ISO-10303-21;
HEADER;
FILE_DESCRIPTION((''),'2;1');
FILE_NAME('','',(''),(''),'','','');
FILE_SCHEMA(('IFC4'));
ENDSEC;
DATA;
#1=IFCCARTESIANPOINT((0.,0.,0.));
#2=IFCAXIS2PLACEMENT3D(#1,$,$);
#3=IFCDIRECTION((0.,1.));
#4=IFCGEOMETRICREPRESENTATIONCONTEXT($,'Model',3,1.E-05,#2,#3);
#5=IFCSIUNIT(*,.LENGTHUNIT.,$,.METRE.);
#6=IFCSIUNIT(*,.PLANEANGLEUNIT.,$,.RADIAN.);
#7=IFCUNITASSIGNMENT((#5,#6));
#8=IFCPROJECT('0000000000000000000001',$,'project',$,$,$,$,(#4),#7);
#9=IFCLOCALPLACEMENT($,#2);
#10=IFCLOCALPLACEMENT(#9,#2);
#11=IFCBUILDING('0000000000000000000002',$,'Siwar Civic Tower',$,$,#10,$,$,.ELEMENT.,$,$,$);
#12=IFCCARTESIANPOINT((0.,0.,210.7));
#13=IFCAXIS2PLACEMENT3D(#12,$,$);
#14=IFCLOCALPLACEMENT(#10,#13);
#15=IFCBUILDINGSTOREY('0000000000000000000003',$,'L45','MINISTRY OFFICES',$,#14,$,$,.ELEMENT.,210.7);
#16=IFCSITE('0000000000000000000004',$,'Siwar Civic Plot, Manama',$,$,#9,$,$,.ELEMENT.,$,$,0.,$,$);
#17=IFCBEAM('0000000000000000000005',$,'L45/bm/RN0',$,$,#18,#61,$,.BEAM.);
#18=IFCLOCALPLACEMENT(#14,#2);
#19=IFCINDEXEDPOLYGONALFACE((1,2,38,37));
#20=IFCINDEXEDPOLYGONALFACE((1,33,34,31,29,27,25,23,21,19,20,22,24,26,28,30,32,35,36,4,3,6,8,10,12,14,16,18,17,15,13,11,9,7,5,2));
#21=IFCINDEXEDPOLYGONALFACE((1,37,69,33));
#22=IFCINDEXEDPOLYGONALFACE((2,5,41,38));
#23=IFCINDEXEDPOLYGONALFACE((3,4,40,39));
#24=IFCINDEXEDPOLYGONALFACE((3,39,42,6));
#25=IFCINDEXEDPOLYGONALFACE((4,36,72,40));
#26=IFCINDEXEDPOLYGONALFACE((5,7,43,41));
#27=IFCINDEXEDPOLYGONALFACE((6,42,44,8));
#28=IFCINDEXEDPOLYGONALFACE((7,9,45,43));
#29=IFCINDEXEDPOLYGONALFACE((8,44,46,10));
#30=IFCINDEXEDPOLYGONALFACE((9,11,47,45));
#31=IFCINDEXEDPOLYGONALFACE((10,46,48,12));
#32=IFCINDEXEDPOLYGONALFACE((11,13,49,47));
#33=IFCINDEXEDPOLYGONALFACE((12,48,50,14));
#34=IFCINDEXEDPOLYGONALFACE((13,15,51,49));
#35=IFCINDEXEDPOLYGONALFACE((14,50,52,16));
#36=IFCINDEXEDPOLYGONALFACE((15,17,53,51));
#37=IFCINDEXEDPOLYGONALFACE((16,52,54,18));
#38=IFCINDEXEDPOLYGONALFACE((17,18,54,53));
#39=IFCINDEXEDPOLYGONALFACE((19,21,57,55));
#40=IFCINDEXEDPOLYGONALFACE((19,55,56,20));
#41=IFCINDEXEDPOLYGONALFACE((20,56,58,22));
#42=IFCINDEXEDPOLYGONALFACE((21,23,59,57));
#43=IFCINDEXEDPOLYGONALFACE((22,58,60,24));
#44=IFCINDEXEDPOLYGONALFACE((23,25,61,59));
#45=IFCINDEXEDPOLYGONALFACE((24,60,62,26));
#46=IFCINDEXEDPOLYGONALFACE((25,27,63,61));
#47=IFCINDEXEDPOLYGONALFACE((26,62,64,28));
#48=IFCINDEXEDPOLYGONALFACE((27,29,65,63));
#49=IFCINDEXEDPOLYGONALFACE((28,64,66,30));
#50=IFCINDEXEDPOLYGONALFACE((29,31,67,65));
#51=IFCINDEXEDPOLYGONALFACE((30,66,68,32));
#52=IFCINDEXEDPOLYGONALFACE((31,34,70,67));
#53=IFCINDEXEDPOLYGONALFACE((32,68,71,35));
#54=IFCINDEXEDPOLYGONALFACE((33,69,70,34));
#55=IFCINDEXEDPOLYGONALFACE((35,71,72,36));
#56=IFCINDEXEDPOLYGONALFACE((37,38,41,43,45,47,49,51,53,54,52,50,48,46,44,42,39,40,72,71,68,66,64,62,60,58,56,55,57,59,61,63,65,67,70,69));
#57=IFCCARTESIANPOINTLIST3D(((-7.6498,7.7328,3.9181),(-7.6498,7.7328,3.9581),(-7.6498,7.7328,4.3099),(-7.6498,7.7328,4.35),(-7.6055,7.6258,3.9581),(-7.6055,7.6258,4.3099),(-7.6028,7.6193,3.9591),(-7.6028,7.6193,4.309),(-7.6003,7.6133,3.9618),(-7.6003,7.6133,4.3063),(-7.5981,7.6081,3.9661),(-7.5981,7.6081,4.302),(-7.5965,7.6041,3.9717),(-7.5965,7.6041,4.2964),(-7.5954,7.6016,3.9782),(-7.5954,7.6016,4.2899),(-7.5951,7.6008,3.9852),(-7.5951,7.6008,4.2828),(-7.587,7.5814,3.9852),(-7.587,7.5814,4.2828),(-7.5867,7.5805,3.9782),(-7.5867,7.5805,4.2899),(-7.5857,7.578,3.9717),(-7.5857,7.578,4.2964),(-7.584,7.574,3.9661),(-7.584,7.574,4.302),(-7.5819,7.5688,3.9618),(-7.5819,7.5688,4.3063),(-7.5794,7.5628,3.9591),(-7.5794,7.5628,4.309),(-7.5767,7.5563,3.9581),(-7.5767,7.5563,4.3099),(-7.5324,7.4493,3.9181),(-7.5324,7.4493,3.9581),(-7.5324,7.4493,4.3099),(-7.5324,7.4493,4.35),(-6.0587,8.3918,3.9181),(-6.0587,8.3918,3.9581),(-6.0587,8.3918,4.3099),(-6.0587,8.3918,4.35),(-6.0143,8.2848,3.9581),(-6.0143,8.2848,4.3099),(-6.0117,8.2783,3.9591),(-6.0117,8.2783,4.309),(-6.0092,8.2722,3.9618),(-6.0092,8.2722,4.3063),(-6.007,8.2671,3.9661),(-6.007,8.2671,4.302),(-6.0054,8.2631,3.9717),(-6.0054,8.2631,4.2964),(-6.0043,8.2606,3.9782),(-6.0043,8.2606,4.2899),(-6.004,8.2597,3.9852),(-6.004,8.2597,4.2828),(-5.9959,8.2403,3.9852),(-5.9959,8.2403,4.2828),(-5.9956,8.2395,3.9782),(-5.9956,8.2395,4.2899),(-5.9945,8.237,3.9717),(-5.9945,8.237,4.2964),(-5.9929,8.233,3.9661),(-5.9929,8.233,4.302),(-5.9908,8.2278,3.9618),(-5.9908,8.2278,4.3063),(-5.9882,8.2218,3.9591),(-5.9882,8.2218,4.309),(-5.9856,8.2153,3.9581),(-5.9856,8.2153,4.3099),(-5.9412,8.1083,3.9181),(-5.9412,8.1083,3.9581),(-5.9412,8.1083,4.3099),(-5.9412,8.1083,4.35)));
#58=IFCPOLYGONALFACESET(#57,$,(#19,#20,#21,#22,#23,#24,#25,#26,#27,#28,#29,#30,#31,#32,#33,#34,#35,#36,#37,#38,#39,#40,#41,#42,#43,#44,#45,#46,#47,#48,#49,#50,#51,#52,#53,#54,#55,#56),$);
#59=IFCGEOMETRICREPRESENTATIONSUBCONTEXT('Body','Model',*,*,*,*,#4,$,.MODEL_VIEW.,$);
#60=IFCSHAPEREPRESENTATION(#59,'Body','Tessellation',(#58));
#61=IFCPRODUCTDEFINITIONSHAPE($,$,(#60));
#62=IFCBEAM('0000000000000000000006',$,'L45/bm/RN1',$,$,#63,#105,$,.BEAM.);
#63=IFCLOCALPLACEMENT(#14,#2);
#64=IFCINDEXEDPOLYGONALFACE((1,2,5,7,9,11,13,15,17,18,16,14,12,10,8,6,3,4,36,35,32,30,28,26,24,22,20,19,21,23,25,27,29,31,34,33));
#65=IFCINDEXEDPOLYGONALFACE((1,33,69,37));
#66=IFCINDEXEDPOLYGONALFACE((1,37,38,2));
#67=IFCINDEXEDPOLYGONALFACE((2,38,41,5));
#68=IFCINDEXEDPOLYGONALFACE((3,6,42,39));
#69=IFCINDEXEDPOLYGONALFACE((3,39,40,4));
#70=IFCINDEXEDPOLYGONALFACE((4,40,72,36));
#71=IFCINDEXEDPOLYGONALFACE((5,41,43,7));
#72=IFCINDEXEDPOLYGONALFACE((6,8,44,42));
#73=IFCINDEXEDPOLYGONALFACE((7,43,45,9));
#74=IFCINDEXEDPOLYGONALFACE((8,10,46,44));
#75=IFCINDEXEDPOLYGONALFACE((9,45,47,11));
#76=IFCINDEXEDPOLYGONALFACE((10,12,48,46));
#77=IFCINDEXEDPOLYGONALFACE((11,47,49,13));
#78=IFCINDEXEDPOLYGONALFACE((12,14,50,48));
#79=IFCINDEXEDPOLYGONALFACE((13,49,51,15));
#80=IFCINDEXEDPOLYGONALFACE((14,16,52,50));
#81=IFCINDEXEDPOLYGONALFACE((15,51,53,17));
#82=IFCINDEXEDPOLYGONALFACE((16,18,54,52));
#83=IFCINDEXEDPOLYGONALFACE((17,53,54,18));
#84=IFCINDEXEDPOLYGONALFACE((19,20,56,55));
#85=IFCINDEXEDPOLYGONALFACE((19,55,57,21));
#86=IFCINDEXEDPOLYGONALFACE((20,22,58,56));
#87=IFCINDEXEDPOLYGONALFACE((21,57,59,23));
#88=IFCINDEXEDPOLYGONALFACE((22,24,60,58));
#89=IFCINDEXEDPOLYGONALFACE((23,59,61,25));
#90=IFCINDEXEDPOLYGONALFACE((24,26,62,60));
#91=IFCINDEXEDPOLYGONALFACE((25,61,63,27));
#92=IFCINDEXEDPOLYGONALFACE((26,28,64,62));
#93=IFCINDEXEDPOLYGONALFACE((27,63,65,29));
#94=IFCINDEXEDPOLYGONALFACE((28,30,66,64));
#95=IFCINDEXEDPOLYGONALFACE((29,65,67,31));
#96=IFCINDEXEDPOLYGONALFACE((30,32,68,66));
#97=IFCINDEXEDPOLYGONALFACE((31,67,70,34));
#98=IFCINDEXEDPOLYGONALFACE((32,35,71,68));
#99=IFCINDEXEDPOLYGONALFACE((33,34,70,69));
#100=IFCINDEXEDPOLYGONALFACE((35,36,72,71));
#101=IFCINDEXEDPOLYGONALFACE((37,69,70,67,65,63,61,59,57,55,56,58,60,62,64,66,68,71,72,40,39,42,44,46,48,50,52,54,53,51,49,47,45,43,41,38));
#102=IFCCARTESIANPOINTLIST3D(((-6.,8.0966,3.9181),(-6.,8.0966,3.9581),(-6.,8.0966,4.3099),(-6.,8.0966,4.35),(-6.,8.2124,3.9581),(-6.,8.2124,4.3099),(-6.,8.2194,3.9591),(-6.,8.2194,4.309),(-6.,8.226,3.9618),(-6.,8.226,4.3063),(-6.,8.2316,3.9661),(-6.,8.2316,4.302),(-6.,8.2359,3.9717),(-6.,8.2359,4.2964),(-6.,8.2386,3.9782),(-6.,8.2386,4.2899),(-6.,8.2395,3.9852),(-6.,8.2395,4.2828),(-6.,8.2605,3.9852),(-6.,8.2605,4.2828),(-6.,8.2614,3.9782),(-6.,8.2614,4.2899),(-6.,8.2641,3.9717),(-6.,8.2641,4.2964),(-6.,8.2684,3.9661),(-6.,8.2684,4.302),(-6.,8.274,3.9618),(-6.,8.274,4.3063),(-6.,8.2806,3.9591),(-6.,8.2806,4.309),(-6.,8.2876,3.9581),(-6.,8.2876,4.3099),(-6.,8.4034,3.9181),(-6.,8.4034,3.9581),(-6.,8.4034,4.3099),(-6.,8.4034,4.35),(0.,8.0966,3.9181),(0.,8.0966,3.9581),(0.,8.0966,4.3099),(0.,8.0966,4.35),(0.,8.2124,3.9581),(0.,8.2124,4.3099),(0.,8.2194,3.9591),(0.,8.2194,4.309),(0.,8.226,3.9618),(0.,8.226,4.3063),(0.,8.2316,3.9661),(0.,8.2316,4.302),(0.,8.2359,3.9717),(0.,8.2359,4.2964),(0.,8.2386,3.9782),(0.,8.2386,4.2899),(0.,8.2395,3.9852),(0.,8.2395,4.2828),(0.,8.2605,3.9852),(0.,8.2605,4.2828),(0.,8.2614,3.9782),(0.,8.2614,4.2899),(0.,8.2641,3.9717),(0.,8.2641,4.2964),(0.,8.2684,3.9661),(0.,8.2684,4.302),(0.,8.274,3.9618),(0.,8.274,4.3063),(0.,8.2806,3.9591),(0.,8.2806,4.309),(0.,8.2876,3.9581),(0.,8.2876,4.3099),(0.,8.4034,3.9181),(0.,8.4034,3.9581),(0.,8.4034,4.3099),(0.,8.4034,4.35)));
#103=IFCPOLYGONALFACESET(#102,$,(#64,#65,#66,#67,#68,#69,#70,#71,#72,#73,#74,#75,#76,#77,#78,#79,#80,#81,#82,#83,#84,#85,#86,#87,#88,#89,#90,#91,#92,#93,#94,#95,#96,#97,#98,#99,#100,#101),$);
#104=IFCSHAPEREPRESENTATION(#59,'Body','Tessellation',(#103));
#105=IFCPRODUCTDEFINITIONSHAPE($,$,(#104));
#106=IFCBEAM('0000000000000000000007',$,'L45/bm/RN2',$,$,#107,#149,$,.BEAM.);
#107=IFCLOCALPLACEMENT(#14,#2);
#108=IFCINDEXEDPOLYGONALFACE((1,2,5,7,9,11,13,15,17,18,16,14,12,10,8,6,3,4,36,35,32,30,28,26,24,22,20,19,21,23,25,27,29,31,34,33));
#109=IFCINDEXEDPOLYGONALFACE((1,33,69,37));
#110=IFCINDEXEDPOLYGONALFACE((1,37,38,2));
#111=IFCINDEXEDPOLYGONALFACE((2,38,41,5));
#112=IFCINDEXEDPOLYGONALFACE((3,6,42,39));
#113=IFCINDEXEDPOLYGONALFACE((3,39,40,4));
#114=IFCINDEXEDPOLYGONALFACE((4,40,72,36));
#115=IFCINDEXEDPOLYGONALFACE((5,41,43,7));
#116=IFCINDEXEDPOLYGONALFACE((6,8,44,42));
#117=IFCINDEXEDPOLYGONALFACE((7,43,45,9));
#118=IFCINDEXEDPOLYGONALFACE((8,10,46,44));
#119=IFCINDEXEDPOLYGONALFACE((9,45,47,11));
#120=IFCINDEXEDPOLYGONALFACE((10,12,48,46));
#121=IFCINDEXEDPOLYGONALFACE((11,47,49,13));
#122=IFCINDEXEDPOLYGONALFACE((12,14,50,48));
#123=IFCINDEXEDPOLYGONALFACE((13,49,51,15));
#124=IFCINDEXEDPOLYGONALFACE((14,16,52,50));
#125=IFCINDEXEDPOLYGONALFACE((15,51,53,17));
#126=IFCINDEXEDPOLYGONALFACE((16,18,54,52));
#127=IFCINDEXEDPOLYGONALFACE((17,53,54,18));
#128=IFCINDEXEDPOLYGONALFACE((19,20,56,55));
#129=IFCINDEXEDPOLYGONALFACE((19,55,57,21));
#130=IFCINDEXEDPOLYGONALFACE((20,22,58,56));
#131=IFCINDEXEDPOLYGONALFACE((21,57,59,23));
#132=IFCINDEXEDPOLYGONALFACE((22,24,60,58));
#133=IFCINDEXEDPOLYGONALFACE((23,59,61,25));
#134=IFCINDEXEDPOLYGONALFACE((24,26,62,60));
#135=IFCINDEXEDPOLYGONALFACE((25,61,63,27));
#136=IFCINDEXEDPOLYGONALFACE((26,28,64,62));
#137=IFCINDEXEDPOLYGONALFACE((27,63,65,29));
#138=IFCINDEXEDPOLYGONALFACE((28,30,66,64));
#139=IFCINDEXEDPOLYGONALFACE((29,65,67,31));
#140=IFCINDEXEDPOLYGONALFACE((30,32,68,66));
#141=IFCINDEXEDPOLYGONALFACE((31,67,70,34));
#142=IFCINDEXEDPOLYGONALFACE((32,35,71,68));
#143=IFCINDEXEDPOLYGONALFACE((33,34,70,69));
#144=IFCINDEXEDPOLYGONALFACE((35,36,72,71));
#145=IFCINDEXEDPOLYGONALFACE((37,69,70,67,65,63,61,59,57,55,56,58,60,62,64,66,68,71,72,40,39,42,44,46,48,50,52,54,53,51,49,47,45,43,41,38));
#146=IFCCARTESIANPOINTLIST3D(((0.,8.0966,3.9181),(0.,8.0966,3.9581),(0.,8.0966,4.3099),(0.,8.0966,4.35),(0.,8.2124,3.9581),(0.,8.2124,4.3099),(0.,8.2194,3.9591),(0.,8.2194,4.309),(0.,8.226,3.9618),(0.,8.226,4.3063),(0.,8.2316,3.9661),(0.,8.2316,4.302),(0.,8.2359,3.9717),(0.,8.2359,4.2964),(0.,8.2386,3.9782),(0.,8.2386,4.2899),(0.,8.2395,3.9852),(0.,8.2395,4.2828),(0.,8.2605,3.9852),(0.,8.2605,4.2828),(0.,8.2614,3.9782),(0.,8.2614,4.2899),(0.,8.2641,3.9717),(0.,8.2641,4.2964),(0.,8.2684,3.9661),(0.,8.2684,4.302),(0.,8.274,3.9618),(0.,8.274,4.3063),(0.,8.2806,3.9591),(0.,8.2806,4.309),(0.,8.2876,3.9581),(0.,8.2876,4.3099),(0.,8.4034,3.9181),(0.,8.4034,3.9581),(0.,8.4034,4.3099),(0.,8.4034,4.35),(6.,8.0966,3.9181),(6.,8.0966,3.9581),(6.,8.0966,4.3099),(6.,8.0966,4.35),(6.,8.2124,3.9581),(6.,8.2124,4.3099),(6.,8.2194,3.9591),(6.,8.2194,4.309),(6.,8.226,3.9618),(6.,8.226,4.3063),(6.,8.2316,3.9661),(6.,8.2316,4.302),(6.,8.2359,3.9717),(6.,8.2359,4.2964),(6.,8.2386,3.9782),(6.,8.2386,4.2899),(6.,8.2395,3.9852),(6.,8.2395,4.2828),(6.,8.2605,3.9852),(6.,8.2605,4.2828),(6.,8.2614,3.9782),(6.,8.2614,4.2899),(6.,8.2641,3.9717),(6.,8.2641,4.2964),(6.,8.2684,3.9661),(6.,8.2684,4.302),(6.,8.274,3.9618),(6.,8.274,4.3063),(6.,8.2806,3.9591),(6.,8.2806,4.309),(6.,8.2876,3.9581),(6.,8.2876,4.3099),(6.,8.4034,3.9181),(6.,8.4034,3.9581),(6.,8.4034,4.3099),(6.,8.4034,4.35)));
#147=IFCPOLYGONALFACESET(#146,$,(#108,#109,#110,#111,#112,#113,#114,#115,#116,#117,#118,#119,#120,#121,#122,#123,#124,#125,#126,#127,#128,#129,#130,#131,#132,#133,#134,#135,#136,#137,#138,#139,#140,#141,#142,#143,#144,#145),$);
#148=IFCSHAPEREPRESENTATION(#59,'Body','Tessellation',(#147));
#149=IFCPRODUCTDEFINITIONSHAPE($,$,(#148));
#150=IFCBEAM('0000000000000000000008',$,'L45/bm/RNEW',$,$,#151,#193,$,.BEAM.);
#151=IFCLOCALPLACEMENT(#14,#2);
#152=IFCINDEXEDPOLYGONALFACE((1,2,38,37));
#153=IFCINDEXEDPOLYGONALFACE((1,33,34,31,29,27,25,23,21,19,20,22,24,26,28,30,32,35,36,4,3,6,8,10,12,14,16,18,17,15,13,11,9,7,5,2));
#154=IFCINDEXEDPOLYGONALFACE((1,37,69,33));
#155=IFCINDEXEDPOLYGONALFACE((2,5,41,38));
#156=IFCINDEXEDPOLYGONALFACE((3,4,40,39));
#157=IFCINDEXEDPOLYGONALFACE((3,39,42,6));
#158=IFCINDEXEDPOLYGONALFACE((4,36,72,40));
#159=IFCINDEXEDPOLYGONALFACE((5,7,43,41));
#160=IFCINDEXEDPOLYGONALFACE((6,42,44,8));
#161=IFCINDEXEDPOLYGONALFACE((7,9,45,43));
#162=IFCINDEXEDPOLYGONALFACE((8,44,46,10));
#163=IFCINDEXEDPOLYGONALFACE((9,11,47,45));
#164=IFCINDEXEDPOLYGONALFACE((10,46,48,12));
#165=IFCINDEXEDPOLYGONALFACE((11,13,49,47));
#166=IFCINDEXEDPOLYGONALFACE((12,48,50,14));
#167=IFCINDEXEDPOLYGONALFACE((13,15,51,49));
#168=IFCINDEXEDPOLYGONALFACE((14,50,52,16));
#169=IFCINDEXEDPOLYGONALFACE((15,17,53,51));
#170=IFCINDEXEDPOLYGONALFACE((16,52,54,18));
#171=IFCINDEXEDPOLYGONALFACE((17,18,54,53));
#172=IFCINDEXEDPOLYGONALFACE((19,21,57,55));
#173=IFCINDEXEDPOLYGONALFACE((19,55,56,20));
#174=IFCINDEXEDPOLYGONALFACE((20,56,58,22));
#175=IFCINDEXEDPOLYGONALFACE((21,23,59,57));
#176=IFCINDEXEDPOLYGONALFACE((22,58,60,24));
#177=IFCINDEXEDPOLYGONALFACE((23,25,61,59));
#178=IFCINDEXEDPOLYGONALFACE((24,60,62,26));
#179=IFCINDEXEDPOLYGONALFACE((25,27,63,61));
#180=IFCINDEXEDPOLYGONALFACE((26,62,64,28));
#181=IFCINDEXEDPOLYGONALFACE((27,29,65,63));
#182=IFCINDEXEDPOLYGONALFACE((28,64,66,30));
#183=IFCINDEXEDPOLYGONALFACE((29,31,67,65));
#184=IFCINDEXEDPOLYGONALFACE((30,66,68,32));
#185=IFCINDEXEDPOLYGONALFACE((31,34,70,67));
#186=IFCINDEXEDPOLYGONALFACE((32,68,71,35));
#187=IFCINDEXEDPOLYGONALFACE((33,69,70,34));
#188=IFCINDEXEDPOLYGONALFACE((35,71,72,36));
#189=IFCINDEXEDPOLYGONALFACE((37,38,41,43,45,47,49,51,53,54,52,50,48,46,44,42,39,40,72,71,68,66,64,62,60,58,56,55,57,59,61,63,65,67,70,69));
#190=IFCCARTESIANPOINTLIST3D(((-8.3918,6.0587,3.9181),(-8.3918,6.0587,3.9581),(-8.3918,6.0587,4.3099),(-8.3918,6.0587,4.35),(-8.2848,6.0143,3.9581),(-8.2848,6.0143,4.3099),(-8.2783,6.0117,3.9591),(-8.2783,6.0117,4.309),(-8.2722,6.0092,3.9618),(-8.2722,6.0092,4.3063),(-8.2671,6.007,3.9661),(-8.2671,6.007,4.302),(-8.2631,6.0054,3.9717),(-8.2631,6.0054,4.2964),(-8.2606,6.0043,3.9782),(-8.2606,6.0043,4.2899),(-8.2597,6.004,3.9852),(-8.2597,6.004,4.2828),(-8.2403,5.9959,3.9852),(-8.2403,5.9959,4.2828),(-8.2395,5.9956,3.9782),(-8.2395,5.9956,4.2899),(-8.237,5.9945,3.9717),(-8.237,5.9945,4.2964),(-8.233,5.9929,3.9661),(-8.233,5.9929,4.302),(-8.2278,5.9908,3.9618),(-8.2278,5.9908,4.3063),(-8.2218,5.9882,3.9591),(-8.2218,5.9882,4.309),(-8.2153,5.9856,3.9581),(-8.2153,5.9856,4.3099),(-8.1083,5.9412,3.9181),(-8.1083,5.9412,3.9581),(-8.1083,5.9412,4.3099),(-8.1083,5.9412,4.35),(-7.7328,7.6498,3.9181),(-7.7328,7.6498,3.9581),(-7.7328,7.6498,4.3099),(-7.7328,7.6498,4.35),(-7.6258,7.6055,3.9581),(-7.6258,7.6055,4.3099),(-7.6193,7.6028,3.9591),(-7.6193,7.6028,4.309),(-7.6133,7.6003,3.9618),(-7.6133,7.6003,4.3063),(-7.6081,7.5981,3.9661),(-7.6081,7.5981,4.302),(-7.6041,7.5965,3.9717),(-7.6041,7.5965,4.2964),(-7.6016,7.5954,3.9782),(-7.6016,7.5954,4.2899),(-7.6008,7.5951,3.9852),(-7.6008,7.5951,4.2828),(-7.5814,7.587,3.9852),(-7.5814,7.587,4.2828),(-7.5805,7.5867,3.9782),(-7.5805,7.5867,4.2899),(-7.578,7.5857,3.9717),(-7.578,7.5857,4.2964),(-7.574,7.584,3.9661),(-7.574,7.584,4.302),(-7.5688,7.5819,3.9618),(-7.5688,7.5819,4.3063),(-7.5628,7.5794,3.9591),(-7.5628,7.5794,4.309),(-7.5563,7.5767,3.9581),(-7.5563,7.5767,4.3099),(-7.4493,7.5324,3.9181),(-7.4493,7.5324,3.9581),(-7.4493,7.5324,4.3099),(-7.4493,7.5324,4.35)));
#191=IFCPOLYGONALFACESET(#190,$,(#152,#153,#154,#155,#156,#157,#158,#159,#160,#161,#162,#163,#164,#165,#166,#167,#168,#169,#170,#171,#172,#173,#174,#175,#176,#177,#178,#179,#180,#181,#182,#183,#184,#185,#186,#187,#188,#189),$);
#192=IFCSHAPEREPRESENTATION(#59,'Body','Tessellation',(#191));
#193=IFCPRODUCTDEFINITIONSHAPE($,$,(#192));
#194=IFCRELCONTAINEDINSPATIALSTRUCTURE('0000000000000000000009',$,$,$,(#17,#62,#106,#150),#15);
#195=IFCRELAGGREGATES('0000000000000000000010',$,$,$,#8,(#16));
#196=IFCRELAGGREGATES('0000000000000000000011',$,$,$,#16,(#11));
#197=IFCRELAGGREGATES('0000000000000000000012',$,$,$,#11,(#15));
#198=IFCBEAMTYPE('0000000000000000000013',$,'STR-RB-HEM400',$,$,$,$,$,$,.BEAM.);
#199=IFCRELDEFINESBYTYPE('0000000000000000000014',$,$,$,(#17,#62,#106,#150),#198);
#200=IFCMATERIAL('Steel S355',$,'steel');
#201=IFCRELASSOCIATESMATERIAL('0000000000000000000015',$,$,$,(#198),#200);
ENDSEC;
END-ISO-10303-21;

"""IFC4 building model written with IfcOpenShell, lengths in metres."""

from ifc_helpers import new_model, si_unit, direction, frame, origin, origin_2d, place, context, subcontext, project, spatial, i_section, extrude, material, material_profile, profile_set, type_object, element, save


model = new_model("IFC4")

# Units and contexts
model_context = context("Model", 3, precision=1e-05, world=origin(), true_north=direction((0.0, 1.0)))
body_context = subcontext(model_context, "Body", "Model", "MODEL_VIEW")
ifc_project = project(units=[si_unit("LENGTHUNIT", "METRE"), si_unit("PLANEANGLEUNIT", "RADIAN")], contexts=[model_context])

# Site, building, storey
site_placement = place(None, origin())
site = spatial("IfcSite", under=ifc_project, at=site_placement, Name="Siwar Civic Plot, Manama", CompositionType="ELEMENT", RefElevation=0.0)
building_placement = place(site_placement, origin())
building = spatial("IfcBuilding", under=site, at=building_placement, Name="Siwar Civic Tower", CompositionType="ELEMENT")
storey_placement = place(building_placement, frame((0.0, 0.0, 210.7)))
storey = spatial("IfcBuildingStorey", under=building, at=storey_placement, Name="L45", Description="MINISTRY OFFICES", CompositionType="ELEMENT", Elevation=210.7)

# Beams
ifc_material_1 = material(Name="Steel S355", Category="steel")
ifc_material_profile_1 = material_profile(ifc_material_1, i_section(OverallWidth=0.3069, OverallDepth=0.4319, WebThickness=0.021, FlangeThickness=0.04, FilletRadius=0.0271, at=origin_2d()), Name="HEM400")
ifc_profile_set_1 = profile_set([ifc_material_profile_1], Name="Steel S355")
beam_type_1 = type_object("IfcBeamType", Name="STR-RB-HEM400", PredefinedType="BEAM", material=ifc_profile_set_1)
beam_1_placement = place(storey_placement, frame((-7.5911, 7.5911, 4.134), z_axis=(0.923901, 0.382631, 0.0), x_axis=(-0.382631, 0.923901, 0.0)))
element("IfcBeam", 1, at=beam_1_placement, inside=storey, type_object=beam_type_1, Name="L45/bm/RN0", PredefinedType="BEAM", context=body_context, shape_type="SweptSolid", body=[
    extrude(i_section(OverallWidth=0.3069, OverallDepth=0.4319, WebThickness=0.021, FlangeThickness=0.04, FilletRadius=0.0271, at=origin_2d()), origin(), (0.0, 0.0, 1.0), 1.7222),
])
for number, where, z_axis, x_axis, name in (
    (2, (-6.0, 8.25, 4.134), (1.0, 0.0, 0.0), (0.0, 1.0, 0.0), "L45/bm/RN1"),
    (3, (0.0, 8.25, 4.134), (1.0, 0.0, 0.0), (0.0, 1.0, 0.0), "L45/bm/RN2"),
):
    element("IfcBeam", number, at=place(storey_placement, frame(where, z_axis=z_axis, x_axis=x_axis)), inside=storey, type_object=beam_type_1, Name=name, PredefinedType="BEAM", context=body_context, shape_type="SweptSolid", body=[
        extrude(i_section(OverallWidth=0.3069, OverallDepth=0.4319, WebThickness=0.021, FlangeThickness=0.04, FilletRadius=0.0271, at=origin_2d()), origin(), (0.0, 0.0, 1.0), 6.0),
    ])
beam_2_placement = place(storey_placement, frame((-7.5911, 7.5911, 4.134), z_axis=(-0.382631, -0.923901, 0.0), x_axis=(0.923901, -0.382631, 0.0)))
element("IfcBeam", 4, at=beam_2_placement, inside=storey, type_object=beam_type_1, Name="L45/bm/RNEW", PredefinedType="BEAM", context=body_context, shape_type="SweptSolid", body=[
    extrude(i_section(OverallWidth=0.3069, OverallDepth=0.4319, WebThickness=0.021, FlangeThickness=0.04, FilletRadius=0.0271, at=origin_2d()), origin(), (0.0, 0.0, 1.0), 1.7222),
])

save(model, "model.ifc")
